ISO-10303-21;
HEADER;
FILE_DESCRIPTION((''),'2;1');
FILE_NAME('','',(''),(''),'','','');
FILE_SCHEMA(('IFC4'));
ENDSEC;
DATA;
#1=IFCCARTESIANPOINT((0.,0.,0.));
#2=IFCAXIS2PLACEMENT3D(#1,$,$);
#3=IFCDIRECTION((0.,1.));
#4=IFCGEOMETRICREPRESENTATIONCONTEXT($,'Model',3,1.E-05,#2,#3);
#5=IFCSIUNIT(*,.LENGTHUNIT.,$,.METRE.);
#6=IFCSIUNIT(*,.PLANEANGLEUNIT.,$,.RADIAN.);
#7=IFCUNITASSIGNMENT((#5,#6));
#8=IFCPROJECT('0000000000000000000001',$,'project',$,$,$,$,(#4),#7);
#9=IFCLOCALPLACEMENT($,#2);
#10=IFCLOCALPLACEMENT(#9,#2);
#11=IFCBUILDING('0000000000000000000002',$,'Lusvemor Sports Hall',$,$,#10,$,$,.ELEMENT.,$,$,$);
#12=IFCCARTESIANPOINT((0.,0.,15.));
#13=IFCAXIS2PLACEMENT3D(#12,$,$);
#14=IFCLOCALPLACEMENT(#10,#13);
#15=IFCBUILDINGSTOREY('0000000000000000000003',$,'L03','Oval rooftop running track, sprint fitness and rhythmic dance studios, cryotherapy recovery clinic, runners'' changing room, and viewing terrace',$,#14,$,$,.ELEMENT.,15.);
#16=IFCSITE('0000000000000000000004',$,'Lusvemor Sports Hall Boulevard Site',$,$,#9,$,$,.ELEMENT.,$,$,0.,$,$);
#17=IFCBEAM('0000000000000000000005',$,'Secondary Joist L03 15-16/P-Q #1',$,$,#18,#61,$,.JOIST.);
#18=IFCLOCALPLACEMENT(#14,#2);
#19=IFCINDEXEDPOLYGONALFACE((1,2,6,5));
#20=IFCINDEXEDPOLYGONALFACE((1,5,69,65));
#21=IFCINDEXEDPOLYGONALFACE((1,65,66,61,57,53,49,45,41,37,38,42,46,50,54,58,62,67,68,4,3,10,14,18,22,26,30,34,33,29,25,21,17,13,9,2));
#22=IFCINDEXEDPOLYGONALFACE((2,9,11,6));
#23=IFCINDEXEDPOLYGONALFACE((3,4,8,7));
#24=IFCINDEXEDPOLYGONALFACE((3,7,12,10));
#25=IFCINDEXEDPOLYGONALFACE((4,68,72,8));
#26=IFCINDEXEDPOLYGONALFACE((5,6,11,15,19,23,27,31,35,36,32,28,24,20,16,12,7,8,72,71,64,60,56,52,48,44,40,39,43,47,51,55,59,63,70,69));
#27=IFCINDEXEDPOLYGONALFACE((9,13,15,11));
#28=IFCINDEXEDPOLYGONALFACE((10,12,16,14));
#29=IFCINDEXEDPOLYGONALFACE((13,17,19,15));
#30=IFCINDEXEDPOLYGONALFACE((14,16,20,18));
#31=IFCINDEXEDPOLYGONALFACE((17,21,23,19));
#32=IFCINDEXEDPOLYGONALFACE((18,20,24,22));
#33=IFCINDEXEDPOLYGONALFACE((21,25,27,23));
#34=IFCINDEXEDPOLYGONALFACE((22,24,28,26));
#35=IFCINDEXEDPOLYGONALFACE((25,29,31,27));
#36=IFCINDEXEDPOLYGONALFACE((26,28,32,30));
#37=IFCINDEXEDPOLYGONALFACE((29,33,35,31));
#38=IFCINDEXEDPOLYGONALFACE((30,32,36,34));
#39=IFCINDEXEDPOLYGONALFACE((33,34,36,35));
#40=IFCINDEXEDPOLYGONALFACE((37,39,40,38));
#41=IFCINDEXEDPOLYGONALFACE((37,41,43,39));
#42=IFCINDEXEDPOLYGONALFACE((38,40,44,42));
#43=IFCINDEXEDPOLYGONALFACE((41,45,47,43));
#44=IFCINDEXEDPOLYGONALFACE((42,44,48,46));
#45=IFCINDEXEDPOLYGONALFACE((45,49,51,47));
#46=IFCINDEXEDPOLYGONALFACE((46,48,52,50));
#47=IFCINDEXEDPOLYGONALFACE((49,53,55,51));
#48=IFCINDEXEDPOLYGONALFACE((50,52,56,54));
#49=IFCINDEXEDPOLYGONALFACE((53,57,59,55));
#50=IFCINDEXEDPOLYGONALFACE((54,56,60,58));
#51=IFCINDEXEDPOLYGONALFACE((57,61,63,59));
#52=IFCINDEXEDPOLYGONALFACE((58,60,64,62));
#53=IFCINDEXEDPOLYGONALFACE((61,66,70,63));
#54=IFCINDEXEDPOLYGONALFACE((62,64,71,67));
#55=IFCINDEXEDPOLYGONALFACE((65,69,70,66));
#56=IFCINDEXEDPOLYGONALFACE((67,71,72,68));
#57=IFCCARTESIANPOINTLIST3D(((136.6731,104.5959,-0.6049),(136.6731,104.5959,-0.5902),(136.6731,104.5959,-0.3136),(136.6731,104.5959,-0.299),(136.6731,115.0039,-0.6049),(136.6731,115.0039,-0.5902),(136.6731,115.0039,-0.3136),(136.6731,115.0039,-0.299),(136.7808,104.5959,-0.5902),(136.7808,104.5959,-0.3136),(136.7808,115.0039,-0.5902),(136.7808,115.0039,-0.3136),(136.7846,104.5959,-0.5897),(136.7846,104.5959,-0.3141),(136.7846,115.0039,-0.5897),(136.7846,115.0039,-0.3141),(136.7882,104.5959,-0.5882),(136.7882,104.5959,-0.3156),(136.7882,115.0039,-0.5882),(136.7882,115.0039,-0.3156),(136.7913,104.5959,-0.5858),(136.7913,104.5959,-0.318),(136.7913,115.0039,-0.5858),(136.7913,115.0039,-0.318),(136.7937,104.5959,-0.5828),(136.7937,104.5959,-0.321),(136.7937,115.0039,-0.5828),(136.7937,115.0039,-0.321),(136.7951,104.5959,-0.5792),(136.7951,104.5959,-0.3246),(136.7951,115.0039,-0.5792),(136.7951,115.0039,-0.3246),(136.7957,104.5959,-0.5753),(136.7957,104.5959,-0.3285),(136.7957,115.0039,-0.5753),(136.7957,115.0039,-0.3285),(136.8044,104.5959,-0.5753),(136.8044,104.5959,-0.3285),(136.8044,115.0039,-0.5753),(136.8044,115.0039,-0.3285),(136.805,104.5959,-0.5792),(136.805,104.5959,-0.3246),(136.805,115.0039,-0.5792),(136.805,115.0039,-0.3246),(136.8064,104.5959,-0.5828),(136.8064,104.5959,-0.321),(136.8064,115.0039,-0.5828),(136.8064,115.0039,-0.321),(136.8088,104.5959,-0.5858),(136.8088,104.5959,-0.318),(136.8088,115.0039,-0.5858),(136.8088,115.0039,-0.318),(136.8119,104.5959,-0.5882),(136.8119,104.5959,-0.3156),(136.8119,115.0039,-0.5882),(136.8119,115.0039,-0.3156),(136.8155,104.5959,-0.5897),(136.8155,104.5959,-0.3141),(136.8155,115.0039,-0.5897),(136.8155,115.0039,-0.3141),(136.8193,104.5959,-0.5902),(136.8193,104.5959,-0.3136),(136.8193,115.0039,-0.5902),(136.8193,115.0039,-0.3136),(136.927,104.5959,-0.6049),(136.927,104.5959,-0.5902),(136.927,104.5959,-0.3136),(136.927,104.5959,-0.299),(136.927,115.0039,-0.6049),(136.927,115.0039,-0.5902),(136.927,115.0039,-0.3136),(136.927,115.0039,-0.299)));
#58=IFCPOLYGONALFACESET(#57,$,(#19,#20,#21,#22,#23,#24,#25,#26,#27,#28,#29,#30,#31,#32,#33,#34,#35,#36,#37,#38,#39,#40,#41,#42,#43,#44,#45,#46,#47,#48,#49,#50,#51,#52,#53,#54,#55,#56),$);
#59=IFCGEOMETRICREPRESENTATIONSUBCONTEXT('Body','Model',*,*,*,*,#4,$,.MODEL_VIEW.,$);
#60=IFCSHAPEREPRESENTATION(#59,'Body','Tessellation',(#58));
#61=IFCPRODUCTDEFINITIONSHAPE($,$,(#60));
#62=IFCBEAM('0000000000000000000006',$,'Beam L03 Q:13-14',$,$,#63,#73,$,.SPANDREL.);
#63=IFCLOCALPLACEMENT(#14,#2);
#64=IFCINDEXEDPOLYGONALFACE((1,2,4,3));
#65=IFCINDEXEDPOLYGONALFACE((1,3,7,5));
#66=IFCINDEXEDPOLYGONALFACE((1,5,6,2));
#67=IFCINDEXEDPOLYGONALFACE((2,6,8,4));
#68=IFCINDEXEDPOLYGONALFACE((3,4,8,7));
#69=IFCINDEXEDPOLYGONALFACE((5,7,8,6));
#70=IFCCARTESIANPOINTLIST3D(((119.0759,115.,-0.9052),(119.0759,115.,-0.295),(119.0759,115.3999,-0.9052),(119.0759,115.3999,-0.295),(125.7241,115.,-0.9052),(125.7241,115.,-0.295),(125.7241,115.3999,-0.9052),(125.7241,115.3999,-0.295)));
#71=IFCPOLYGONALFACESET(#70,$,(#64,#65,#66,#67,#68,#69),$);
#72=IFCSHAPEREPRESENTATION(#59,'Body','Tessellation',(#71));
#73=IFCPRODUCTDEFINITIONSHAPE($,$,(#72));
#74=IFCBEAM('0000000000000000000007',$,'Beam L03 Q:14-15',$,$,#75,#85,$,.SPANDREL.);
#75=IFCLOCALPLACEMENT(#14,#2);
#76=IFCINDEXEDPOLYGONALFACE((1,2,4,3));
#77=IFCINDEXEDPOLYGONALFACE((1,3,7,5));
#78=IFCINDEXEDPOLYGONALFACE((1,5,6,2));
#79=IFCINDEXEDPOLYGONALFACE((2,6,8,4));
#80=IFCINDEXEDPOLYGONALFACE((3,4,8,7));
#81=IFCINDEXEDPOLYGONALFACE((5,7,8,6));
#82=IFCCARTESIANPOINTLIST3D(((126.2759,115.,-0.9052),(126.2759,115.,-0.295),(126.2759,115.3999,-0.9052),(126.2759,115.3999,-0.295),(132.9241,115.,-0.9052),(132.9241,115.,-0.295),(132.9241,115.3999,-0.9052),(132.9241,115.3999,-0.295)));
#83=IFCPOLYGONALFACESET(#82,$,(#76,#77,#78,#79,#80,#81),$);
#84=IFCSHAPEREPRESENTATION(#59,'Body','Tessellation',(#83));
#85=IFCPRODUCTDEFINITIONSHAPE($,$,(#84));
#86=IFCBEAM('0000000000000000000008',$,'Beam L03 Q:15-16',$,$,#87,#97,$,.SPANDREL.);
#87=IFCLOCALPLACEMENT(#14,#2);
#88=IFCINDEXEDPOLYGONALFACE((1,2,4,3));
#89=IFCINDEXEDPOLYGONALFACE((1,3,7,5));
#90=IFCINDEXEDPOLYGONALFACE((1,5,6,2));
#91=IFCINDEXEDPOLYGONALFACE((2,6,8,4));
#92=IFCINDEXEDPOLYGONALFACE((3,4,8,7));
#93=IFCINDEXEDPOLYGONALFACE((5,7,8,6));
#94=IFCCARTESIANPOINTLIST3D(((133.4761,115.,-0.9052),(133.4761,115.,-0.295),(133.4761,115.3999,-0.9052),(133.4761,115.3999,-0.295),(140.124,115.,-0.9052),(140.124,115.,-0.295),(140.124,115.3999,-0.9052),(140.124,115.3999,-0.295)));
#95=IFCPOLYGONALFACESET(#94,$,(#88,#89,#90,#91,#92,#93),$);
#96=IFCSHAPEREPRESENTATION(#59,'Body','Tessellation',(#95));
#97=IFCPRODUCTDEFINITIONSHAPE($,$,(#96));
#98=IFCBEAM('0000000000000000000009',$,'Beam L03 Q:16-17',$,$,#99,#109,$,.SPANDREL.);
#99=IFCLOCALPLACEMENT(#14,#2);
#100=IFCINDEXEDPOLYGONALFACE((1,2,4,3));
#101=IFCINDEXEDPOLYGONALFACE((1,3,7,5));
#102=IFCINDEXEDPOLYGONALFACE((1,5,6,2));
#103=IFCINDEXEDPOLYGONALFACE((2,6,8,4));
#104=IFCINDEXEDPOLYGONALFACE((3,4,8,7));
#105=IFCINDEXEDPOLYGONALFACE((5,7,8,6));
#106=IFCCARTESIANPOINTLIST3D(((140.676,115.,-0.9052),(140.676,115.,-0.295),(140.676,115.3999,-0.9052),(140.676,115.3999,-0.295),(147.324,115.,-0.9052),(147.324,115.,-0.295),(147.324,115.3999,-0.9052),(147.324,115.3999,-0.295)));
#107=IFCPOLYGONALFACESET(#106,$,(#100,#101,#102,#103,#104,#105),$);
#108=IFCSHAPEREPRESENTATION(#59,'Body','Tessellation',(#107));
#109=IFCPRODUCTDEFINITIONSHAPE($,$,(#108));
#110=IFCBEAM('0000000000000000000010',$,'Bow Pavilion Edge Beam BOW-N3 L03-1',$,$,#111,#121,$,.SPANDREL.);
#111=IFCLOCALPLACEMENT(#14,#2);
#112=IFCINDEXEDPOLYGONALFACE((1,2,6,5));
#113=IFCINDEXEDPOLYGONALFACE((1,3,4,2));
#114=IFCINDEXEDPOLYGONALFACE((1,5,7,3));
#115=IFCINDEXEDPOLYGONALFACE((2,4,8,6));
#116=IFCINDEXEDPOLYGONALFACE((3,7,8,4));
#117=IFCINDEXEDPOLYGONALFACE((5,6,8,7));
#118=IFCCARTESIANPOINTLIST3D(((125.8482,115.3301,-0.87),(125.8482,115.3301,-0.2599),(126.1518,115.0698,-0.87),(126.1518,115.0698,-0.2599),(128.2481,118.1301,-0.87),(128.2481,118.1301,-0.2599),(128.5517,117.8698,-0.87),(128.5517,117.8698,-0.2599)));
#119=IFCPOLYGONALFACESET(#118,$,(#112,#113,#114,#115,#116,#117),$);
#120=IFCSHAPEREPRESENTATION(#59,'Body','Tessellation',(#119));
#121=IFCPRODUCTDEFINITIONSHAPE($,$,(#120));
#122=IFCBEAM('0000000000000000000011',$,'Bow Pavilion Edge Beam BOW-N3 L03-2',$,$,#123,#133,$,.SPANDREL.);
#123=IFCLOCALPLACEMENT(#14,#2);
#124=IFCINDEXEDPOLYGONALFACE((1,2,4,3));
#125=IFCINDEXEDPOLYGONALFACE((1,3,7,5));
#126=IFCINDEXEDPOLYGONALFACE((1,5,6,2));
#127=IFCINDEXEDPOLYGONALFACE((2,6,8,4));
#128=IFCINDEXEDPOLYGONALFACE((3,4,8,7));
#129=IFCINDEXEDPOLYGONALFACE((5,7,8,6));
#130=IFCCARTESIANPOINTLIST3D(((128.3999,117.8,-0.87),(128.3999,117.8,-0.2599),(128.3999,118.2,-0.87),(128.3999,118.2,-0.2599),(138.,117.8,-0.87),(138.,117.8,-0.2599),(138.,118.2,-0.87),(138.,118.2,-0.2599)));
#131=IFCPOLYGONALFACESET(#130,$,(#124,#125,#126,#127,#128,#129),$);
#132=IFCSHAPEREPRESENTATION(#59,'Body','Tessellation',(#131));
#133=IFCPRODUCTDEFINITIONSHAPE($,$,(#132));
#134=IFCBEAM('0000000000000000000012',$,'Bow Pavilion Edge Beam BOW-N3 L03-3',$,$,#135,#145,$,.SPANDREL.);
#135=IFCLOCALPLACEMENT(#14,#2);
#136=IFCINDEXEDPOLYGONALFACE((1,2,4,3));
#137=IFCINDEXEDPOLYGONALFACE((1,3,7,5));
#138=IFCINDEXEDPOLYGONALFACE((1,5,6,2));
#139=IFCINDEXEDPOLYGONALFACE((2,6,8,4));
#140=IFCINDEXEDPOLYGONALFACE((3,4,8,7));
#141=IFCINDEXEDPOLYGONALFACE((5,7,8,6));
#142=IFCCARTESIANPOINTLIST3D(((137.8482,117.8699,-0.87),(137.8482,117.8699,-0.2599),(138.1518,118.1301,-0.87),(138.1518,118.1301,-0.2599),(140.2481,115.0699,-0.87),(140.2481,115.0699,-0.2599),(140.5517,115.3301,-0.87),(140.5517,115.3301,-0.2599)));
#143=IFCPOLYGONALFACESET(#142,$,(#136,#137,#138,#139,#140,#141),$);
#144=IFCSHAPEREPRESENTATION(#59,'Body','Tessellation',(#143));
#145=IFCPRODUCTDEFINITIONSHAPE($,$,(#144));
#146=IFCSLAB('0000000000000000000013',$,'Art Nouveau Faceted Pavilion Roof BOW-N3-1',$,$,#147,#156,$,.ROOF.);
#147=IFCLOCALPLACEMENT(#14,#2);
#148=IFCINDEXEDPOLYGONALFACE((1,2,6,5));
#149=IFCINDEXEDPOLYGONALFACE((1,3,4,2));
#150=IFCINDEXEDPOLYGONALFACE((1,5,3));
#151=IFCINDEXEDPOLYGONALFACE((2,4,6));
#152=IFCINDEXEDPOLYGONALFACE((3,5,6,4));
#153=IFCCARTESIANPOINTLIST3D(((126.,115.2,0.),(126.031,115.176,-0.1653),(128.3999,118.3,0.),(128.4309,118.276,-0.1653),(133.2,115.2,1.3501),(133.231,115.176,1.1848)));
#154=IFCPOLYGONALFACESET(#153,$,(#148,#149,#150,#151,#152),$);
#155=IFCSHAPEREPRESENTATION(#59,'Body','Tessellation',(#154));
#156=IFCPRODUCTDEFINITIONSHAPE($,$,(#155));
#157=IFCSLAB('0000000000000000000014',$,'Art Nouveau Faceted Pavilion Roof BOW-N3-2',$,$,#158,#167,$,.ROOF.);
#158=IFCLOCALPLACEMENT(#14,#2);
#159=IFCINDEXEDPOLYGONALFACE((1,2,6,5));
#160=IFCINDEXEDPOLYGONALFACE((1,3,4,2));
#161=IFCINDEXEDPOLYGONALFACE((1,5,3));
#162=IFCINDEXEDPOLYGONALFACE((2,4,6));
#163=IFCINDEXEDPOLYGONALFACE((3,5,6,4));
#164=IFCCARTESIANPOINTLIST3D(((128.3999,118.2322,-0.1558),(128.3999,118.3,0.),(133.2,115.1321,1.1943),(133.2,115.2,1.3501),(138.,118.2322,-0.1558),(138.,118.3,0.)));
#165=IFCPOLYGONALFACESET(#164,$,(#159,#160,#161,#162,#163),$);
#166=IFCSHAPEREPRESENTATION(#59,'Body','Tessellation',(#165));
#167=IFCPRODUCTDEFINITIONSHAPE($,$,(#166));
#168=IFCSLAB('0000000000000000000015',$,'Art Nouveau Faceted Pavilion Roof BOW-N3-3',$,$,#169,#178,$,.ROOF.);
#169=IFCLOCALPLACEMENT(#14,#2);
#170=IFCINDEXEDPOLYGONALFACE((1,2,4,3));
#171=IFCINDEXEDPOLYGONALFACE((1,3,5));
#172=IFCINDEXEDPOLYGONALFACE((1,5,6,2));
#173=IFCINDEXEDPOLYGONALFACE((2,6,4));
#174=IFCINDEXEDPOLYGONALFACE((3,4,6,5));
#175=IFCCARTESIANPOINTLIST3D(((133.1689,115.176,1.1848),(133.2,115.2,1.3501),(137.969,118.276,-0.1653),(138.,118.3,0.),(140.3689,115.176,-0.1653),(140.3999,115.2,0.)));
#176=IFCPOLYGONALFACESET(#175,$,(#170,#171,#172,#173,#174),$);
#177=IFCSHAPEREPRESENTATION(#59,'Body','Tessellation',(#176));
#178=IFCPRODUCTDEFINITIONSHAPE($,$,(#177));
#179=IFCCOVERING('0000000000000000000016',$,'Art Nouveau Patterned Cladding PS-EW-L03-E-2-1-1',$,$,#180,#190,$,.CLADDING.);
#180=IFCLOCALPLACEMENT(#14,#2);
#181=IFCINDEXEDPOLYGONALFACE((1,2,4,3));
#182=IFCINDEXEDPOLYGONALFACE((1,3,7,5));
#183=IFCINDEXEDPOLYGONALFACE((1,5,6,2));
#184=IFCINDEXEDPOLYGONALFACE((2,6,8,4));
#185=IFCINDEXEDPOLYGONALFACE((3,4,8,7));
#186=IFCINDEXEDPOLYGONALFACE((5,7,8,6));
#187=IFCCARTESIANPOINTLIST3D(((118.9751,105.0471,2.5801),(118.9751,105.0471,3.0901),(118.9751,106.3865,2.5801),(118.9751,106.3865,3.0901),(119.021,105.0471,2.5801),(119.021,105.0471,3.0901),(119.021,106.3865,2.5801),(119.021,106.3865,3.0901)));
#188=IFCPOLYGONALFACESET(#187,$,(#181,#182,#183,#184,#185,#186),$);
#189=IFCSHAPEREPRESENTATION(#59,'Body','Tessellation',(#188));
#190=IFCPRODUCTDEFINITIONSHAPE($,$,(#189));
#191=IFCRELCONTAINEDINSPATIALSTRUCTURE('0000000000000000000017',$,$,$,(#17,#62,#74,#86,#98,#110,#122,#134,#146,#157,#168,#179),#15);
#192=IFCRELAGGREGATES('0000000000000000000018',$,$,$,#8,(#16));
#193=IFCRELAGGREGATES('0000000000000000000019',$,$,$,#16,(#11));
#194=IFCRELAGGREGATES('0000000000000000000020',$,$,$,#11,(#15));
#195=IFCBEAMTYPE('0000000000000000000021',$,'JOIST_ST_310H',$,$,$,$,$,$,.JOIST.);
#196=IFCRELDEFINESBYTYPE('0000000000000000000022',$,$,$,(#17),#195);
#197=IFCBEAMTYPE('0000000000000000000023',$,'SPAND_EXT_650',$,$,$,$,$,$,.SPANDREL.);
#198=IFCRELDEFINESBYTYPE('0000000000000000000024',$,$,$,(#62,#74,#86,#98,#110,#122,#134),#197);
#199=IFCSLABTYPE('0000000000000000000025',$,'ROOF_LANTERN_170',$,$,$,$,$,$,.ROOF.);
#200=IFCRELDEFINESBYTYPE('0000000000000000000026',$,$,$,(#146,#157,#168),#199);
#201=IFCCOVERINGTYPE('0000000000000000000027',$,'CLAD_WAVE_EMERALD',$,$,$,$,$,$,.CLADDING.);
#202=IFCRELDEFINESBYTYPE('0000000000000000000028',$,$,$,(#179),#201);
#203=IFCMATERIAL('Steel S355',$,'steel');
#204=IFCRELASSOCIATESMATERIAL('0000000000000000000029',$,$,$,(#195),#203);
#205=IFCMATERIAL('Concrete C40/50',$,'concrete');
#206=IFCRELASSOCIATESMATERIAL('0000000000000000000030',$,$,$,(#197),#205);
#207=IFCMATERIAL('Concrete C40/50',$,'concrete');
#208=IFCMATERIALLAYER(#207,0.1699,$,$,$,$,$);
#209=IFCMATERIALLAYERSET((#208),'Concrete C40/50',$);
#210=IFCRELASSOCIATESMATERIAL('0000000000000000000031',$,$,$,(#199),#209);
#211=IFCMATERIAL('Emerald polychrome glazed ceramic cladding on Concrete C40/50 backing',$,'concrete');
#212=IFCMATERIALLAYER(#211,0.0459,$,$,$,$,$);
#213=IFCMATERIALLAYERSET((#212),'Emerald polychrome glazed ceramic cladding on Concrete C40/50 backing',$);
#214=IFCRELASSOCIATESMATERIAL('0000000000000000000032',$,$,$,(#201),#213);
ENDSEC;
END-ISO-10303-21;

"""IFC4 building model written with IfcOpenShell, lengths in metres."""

from ifc_helpers import new_model, si_unit, direction, frame, origin, origin_2d, place, context, subcontext, project, spatial, polyline, rectangle, i_section, outline, extrude, material, layer, layer_set, material_profile, profile_set, type_object, element, save


model = new_model("IFC4")

# Units and contexts
model_context = context("Model", 3, precision=1e-05, world=origin(), true_north=direction((0.0, 1.0)))
body_context = subcontext(model_context, "Body", "Model", "MODEL_VIEW")
ifc_project = project(units=[si_unit("LENGTHUNIT", "METRE"), si_unit("PLANEANGLEUNIT", "RADIAN")], contexts=[model_context])

# Site, building, storey
site_placement = place(None, origin())
site = spatial("IfcSite", under=ifc_project, at=site_placement, Name="Lusvemor Sports Hall Boulevard Site", CompositionType="ELEMENT", RefElevation=0.0)
building_placement = place(site_placement, origin())
building = spatial("IfcBuilding", under=site, at=building_placement, Name="Lusvemor Sports Hall", CompositionType="ELEMENT")
storey_placement = place(building_placement, frame((0.0, 0.0, 15.0)))
storey = spatial("IfcBuildingStorey", under=building, at=storey_placement, Name="L03", Description="Oval rooftop running track, sprint fitness and rhythmic dance studios, cryotherapy recovery clinic, runners' changing room, and viewing terrace", CompositionType="ELEMENT", Elevation=15.0)

# Beams
ifc_material_1 = material(Name="Steel S355", Category="steel")
ifc_material_profile_1 = material_profile(ifc_material_1, i_section(OverallWidth=0.2539, OverallDepth=0.3059, WebThickness=0.0088, FlangeThickness=0.0146, FilletRadius=0.0149, at=origin_2d()), Name="W310x79.0")
ifc_profile_set_1 = profile_set([ifc_material_profile_1], Name="Steel S355")
beam_type_1 = type_object("IfcBeamType", Name="JOIST_ST_310H", PredefinedType="JOIST", material=ifc_profile_set_1)
for number, where, z_axis, x_axis, name in (
    (1, (136.8, 104.5959, -0.4519), (0.0, 1.0, 0.0), (-1.0, 0.0, 0.0), "Secondary Joist L03 15-16/P-Q #1"),
):
    element("IfcBeam", number, at=place(storey_placement, frame(where, z_axis=z_axis, x_axis=x_axis)), inside=storey, type_object=beam_type_1, Name=name, PredefinedType="JOIST", context=body_context, shape_type="SweptSolid", body=[
        extrude(i_section(OverallWidth=0.2539, OverallDepth=0.3059, WebThickness=0.0088, FlangeThickness=0.0146, FilletRadius=0.0149, at=origin_2d()), origin(), (0.0, 0.0, 1.0), 10.408),
    ])
ifc_material_2 = material(Name="Concrete C40/50", Category="concrete")
ifc_material_profile_2 = material_profile(ifc_material_2, rectangle(XDim=0.3999, YDim=0.6101, at=origin_2d()), Name="RC400x610")
ifc_profile_set_2 = profile_set([ifc_material_profile_2], Name="Concrete C40/50")
beam_type_2 = type_object("IfcBeamType", Name="SPAND_EXT_650", PredefinedType="SPANDREL", material=ifc_profile_set_2)
for number, where, z_axis, x_axis, name in (
    (2, (119.0759, 115.2, -0.6001), (1.0, 0.0, 0.0), (0.0, 1.0, 0.0), "Beam L03 Q:13-14"),
    (3, (126.2759, 115.2, -0.6001), (1.0, 0.0, 0.0), (0.0, 1.0, 0.0), "Beam L03 Q:14-15"),
):
    element("IfcBeam", number, at=place(storey_placement, frame(where, z_axis=z_axis, x_axis=x_axis)), inside=storey, type_object=beam_type_2, Name=name, PredefinedType="SPANDREL", context=body_context, shape_type="SweptSolid", body=[
        extrude(rectangle(XDim=0.3999, YDim=0.6101, at=origin_2d()), origin(), (0.0, 0.0, 1.0), 6.6482),
    ])
for number, where, z_axis, x_axis, name in (
    (4, (133.4761, 115.2, -0.6001), (1.0, 0.0, 0.0), (0.0, 1.0, 0.0), "Beam L03 Q:15-16"),
    (5, (140.676, 115.2, -0.6001), (1.0, 0.0, 0.0), (0.0, 1.0, 0.0), "Beam L03 Q:16-17"),
):
    element("IfcBeam", number, at=place(storey_placement, frame(where, z_axis=z_axis, x_axis=x_axis)), inside=storey, type_object=beam_type_2, Name=name, PredefinedType="SPANDREL", context=body_context, shape_type="SweptSolid", body=[
        extrude(rectangle(XDim=0.3999, YDim=0.6101, at=origin_2d()), origin(), (0.0, 0.0, 1.0), 6.6479),
    ])
beam_1_placement = place(storey_placement, frame((126.0, 115.2, -0.5649), z_axis=(0.65077, 0.759275, 0.0), x_axis=(-0.759275, 0.65077, 0.0)))
element("IfcBeam", 6, at=beam_1_placement, inside=storey, type_object=beam_type_2, Name="Bow Pavilion Edge Beam BOW-N3 L03-1", PredefinedType="SPANDREL", context=body_context, shape_type="SweptSolid", body=[
    extrude(rectangle(XDim=0.3999, YDim=0.6101, at=origin_2d()), origin(), (0.0, 0.0, 1.0), 3.6877),
])
beam_2_placement = place(storey_placement, frame((128.3999, 118.0, -0.5649), z_axis=(1.0, 0.0, 0.0), x_axis=(0.0, 1.0, 0.0)))
element("IfcBeam", 7, at=beam_2_placement, inside=storey, type_object=beam_type_2, Name="Bow Pavilion Edge Beam BOW-N3 L03-2", PredefinedType="SPANDREL", context=body_context, shape_type="SweptSolid", body=[
    extrude(rectangle(XDim=0.3999, YDim=0.6101, at=origin_2d()), origin(), (0.0, 0.0, 1.0), 9.6001),
])
beam_3_placement = place(storey_placement, frame((138.0, 118.0, -0.5649), z_axis=(0.65077, -0.759275, 0.0), x_axis=(0.759275, 0.65077, 0.0)))
element("IfcBeam", 8, at=beam_3_placement, inside=storey, type_object=beam_type_2, Name="Bow Pavilion Edge Beam BOW-N3 L03-3", PredefinedType="SPANDREL", context=body_context, shape_type="SweptSolid", body=[
    extrude(rectangle(XDim=0.3999, YDim=0.6101, at=origin_2d()), origin(), (0.0, 0.0, 1.0), 3.6877),
])

# Slabs
ifc_material_3 = material(Name="Concrete C40/50", Category="concrete")
ifc_layer_1 = layer(ifc_material_3, 0.1699)
ifc_layer_set_1 = layer_set([ifc_layer_1], Name="Concrete C40/50")
slab_type = type_object("IfcSlabType", Name="ROOF_LANTERN_170", PredefinedType="ROOF", material=ifc_layer_set_1)
slab_1_placement = place(storey_placement, frame((126.0, 115.2, 0.0), z_axis=(-0.182455, 0.141245, 0.973016), x_axis=(0.612146, 0.790745, 0.0)))
element("IfcSlab", 9, at=slab_1_placement, inside=storey, type_object=slab_type, Name="Art Nouveau Faceted Pavilion Roof BOW-N3-1", PredefinedType="ROOF", context=body_context, shape_type="SweptSolid", body=[
    extrude(outline(polyline([(0.0, 0.0), (3.9205, 0.0), (4.4074, -5.8512), (0.0, 0.0)])), origin(), (0.0, 0.0, -1.0), 0.1699),
])
slab_2_placement = place(storey_placement, frame((128.3999, 118.3, 0.0), z_axis=(0.0, 0.39928, 0.916829), x_axis=(1.0, 0.0, 0.0)))
element("IfcSlab", 10, at=slab_2_placement, inside=storey, type_object=slab_type, Name="Art Nouveau Faceted Pavilion Roof BOW-N3-2", PredefinedType="ROOF", context=body_context, shape_type="SweptSolid", body=[
    extrude(outline(polyline([(0.0, 0.0), (9.6001, 0.0), (4.8, -3.3813), (0.0, 0.0)])), origin(), (0.0, 0.0, -1.0), 0.1699),
])
slab_3_placement = place(storey_placement, frame((138.0, 118.3, 0.0), z_axis=(0.182455, 0.141245, 0.973016), x_axis=(0.612146, -0.790745, 0.0)))
element("IfcSlab", 11, at=slab_3_placement, inside=storey, type_object=slab_type, Name="Art Nouveau Faceted Pavilion Roof BOW-N3-3", PredefinedType="ROOF", context=body_context, shape_type="SweptSolid", body=[
    extrude(outline(polyline([(0.0, 0.0), (3.9205, 0.0), (-0.4869, -5.8512), (0.0, 0.0)])), origin(), (0.0, 0.0, -1.0), 0.1699),
])

# Covering
ifc_material_4 = material(Name="Emerald polychrome glazed ceramic cladding on Concrete C40/50 backing", Category="concrete")
ifc_layer_2 = layer(ifc_material_4, 0.0459)
ifc_layer_set_2 = layer_set([ifc_layer_2], Name="Emerald polychrome glazed ceramic cladding on Concrete C40/50 backing")
covering_type_1 = type_object("IfcCoveringType", Name="CLAD_WAVE_EMERALD", PredefinedType="CLADDING", material=ifc_layer_set_2)
for number, where, z_axis, x_axis, name in (
    (12, (118.998, 105.7168, 2.5801), (0.0, 0.0, 1.0), (1.0, 0.0, 0.0), "Art Nouveau Patterned Cladding PS-EW-L03-E-2-1-1"),
):
    element("IfcCovering", number, at=place(storey_placement, frame(where, z_axis=z_axis, x_axis=x_axis)), inside=storey, type_object=covering_type_1, Name=name, PredefinedType="CLADDING", context=body_context, shape_type="SweptSolid", body=[
        extrude(rectangle(XDim=0.0459, YDim=1.3394, at=origin_2d()), origin(), (0.0, 0.0, 1.0), 0.51),
    ])

save(model, "model.ifc")
